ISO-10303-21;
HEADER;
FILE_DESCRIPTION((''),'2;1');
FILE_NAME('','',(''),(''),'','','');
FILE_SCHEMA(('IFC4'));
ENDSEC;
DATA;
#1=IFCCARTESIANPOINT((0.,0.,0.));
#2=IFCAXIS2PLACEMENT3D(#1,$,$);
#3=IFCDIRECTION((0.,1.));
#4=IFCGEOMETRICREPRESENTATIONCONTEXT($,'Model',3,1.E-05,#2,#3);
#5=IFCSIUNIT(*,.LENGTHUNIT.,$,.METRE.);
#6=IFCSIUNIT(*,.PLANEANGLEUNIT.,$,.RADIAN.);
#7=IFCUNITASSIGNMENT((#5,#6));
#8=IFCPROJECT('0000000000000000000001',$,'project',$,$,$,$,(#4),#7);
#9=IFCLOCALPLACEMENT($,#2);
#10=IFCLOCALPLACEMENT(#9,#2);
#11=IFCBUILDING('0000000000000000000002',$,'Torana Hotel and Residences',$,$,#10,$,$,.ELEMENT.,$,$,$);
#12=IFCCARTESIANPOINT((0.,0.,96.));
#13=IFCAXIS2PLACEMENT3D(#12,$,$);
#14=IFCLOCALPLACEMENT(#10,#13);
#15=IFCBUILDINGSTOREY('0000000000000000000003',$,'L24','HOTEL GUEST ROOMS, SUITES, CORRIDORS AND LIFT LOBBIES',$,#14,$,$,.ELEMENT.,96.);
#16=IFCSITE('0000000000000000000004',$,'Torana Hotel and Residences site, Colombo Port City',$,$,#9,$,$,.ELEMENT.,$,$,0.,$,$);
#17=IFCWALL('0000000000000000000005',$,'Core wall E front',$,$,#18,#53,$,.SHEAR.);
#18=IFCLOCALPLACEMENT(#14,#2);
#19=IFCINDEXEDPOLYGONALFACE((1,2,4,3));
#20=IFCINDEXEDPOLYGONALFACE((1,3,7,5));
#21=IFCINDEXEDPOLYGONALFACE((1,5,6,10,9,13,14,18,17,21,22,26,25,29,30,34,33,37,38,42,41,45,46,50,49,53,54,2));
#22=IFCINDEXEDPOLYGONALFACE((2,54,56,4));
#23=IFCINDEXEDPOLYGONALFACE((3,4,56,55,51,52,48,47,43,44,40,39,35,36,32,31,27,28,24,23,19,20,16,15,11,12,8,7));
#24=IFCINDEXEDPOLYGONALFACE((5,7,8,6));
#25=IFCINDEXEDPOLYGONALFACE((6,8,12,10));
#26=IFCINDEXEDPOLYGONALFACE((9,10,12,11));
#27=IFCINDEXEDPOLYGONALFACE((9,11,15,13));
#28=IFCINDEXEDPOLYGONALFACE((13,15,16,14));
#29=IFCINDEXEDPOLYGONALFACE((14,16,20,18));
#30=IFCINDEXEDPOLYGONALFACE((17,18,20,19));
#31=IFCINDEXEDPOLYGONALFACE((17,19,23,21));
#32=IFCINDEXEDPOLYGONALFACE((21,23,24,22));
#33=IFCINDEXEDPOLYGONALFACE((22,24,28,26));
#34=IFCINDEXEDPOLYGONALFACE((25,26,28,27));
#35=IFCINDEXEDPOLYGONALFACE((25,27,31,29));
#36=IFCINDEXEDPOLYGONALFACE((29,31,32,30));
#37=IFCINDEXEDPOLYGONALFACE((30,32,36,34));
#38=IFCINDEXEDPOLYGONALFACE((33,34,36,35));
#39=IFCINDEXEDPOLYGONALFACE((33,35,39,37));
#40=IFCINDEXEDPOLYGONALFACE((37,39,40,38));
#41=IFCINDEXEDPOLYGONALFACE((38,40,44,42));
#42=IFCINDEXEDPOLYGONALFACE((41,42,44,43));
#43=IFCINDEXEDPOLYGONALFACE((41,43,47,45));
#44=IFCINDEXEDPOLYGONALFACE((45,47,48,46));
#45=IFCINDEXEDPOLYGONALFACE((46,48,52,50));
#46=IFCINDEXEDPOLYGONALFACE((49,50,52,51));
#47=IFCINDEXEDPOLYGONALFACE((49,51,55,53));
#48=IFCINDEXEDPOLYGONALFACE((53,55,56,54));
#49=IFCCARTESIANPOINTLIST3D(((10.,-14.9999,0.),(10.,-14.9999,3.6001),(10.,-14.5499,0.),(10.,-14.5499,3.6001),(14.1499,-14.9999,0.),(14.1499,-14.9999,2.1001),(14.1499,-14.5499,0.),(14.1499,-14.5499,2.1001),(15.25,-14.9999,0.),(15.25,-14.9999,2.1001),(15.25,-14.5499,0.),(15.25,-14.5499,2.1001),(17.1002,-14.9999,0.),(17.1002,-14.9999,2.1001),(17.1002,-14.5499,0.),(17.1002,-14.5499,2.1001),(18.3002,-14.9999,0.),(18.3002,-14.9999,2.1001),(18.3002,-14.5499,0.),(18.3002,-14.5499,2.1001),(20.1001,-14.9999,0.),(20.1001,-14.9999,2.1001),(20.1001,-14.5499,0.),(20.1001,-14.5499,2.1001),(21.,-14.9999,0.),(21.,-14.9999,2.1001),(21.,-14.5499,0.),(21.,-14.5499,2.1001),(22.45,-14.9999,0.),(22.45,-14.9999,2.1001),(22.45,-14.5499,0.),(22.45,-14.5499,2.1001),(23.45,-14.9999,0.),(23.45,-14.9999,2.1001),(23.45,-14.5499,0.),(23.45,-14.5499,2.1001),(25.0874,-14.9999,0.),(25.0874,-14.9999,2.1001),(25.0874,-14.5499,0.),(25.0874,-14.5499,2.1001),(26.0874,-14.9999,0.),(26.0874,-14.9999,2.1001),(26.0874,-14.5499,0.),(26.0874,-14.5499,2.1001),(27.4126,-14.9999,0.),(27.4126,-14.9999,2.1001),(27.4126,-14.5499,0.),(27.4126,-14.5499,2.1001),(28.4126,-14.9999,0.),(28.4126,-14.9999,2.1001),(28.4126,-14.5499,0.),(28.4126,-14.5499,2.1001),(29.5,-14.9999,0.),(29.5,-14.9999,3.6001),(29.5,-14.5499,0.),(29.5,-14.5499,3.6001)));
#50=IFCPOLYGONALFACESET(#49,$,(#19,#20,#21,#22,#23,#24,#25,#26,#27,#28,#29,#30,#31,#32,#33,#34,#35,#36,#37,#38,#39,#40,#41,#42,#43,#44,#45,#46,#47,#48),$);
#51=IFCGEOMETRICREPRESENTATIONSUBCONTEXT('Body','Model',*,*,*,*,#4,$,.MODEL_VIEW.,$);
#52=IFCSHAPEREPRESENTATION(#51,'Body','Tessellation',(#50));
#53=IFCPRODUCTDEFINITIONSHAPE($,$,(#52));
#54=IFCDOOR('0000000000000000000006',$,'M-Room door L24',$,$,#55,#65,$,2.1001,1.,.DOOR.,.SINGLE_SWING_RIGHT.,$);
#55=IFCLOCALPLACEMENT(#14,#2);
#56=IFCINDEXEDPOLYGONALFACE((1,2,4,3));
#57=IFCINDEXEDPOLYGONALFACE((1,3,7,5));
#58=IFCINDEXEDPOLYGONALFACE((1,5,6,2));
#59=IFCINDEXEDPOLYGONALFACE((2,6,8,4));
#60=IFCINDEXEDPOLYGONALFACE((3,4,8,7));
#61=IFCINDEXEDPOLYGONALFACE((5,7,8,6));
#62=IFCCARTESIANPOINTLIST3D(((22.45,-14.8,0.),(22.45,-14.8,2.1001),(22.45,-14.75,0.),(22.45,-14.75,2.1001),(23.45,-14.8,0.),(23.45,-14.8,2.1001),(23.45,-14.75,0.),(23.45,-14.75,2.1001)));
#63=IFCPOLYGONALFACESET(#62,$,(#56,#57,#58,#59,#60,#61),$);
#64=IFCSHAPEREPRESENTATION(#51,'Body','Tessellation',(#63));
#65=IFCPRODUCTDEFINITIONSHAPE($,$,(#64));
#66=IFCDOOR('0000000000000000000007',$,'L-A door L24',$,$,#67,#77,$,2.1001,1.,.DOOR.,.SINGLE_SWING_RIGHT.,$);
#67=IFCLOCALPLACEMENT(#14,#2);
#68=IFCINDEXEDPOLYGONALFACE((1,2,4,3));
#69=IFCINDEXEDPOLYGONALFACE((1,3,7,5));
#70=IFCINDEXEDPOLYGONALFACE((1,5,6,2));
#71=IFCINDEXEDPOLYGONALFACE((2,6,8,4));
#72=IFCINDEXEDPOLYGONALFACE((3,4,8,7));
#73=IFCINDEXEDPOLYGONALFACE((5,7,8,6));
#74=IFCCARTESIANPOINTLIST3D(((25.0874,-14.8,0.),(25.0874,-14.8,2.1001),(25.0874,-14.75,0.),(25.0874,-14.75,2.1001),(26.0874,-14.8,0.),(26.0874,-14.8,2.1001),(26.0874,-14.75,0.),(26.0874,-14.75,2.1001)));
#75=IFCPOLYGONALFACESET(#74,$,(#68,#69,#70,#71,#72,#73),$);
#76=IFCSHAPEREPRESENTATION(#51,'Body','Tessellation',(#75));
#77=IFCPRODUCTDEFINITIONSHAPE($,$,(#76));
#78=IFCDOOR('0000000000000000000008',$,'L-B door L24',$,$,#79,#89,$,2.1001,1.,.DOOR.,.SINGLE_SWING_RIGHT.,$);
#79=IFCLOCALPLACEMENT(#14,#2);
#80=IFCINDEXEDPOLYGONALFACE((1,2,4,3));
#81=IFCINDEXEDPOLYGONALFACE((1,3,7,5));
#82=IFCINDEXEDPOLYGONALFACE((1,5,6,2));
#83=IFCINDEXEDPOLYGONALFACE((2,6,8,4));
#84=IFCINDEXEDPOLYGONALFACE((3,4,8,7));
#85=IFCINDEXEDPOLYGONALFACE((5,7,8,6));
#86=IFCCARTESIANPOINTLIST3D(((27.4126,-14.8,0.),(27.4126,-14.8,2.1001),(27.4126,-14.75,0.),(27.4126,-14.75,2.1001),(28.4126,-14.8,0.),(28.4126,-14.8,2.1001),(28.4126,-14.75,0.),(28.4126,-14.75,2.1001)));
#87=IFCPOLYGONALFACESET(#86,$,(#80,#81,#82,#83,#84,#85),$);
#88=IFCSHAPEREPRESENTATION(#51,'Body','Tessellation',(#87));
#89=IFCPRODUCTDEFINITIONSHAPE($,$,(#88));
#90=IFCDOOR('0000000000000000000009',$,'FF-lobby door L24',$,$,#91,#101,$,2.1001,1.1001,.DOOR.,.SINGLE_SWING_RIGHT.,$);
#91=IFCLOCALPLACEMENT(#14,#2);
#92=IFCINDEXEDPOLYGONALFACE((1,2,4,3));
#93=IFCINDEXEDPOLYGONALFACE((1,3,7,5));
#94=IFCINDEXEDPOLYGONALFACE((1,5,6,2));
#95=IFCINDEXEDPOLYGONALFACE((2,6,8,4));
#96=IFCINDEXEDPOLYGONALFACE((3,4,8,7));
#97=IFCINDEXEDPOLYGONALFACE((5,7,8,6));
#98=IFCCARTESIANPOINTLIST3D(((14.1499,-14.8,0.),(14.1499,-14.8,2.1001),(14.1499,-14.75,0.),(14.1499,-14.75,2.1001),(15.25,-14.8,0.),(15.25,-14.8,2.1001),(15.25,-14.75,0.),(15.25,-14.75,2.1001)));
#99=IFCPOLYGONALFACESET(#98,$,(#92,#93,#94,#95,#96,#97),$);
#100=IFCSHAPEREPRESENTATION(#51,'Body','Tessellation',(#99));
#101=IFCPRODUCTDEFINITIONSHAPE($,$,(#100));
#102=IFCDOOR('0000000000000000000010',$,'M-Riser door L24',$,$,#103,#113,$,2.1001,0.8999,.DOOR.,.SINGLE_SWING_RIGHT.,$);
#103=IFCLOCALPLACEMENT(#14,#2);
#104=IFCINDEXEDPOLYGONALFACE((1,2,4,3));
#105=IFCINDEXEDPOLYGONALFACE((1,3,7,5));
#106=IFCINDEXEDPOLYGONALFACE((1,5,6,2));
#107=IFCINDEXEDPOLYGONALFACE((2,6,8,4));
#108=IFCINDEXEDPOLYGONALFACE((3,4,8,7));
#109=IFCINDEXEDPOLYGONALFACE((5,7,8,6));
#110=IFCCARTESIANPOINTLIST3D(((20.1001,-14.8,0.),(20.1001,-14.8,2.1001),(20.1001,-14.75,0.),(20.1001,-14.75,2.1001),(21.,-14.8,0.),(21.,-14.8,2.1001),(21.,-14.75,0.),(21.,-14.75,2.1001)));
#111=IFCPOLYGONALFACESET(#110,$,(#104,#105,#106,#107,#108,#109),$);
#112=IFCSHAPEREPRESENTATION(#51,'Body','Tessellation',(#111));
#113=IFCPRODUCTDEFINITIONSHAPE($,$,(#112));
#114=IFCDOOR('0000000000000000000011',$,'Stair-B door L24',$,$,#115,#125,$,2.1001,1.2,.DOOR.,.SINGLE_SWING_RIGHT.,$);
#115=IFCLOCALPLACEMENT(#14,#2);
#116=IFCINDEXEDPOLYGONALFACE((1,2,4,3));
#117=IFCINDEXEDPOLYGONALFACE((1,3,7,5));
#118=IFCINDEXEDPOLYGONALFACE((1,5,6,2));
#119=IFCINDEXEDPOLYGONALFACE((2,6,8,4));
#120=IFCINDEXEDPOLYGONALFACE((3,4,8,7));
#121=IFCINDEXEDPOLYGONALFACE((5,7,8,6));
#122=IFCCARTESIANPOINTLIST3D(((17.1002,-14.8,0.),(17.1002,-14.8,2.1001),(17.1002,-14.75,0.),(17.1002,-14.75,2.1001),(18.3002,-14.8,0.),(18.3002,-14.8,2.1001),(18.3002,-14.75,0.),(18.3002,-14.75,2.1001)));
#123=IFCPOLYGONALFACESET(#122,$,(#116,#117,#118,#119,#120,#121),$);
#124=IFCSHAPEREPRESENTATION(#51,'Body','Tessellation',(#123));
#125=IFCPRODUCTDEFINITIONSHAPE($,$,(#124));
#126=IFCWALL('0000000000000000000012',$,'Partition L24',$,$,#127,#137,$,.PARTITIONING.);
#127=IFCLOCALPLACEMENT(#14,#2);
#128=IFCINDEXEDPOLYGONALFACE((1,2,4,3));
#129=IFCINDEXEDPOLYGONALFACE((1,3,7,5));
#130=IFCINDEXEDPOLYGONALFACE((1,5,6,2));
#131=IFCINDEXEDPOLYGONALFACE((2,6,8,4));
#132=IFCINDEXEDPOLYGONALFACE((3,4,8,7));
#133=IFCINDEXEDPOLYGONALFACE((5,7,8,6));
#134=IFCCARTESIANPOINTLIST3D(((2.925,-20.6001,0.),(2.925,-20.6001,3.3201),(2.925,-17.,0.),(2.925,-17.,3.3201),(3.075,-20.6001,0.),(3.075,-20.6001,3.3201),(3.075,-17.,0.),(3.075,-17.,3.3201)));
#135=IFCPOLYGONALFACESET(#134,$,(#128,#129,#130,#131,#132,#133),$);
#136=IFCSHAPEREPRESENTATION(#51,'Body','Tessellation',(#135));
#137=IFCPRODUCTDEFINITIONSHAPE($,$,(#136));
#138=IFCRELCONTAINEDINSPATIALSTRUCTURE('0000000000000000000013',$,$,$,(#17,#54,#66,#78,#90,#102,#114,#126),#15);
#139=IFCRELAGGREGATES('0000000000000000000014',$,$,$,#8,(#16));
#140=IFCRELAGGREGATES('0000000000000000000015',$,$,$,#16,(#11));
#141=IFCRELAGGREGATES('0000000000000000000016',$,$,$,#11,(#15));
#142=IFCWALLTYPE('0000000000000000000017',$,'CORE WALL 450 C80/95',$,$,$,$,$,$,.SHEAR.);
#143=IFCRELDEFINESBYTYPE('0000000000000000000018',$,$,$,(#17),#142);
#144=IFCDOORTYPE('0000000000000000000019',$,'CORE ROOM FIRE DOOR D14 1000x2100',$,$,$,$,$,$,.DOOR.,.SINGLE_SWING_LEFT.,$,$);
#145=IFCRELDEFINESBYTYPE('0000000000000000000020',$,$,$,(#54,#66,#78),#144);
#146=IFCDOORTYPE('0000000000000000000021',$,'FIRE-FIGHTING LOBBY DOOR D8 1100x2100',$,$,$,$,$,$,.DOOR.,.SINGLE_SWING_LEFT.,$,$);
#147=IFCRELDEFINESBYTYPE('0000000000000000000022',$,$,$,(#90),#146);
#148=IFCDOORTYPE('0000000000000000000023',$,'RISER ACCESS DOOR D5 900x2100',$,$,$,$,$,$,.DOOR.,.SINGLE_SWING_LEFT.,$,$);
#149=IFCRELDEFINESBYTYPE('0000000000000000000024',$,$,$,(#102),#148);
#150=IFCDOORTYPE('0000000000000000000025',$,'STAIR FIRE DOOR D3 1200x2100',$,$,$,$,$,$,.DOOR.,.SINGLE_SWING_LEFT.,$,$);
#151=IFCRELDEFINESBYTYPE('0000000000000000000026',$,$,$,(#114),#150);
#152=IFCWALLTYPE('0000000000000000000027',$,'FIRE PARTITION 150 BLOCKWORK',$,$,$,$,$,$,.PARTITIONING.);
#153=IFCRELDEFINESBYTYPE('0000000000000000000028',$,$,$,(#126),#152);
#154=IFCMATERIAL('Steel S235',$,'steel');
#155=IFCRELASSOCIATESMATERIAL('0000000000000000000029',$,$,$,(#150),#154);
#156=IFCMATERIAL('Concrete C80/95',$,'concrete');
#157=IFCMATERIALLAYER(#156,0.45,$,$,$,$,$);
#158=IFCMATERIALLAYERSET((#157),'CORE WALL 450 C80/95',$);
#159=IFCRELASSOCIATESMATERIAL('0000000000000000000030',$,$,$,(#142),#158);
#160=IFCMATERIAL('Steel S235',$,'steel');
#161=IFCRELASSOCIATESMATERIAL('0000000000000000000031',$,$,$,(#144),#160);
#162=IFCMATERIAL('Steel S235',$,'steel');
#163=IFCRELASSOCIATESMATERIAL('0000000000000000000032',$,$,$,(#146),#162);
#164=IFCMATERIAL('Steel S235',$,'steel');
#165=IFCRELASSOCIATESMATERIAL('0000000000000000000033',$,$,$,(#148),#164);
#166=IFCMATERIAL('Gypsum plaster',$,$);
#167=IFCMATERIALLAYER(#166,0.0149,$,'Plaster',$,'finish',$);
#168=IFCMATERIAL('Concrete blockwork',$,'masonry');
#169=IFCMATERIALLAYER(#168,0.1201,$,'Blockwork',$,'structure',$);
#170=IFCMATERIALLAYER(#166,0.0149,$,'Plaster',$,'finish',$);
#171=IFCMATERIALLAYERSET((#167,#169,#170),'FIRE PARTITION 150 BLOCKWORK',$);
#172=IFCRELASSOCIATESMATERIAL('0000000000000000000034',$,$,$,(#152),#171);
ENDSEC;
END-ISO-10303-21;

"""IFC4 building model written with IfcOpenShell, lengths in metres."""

from ifc_helpers import new_model, si_unit, direction, frame, frame_2d, origin, place, context, subcontext, project, spatial, rectangle, extrude, material, layer, layer_set, type_object, element, fill, save


model = new_model("IFC4")

# Units and contexts
model_context = context("Model", 3, precision=1e-05, world=origin(), true_north=direction((0.0, 1.0)))
body_context = subcontext(model_context, "Body", "Model", "MODEL_VIEW")
ifc_project = project(units=[si_unit("LENGTHUNIT", "METRE"), si_unit("PLANEANGLEUNIT", "RADIAN")], contexts=[model_context])

# Site, building, storey
site_placement = place(None, origin())
site = spatial("IfcSite", under=ifc_project, at=site_placement, Name="Torana Hotel and Residences site, Colombo Port City", CompositionType="ELEMENT", RefElevation=0.0)
building_placement = place(site_placement, origin())
building = spatial("IfcBuilding", under=site, at=building_placement, Name="Torana Hotel and Residences", CompositionType="ELEMENT")
storey_placement = place(building_placement, frame((0.0, 0.0, 96.0)))
storey = spatial("IfcBuildingStorey", under=building, at=storey_placement, Name="L24", Description="HOTEL GUEST ROOMS, SUITES, CORRIDORS AND LIFT LOBBIES", CompositionType="ELEMENT", Elevation=96.0)

# Wall, openings, doors
ifc_material_1 = material(Name="Steel S235", Category="steel")
door_type_1 = type_object("IfcDoorType", Name="STAIR FIRE DOOR D3 1200x2100", OperationType="SINGLE_SWING_LEFT", PredefinedType="DOOR", material=ifc_material_1)
ifc_material_2 = material(Name="Concrete C80/95", Category="concrete")
ifc_layer_1 = layer(ifc_material_2, 0.45)
ifc_layer_set_1 = layer_set([ifc_layer_1], Name="CORE WALL 450 C80/95")
wall_type_1 = type_object("IfcWallType", Name="CORE WALL 450 C80/95", PredefinedType="SHEAR", material=ifc_layer_set_1)
wall_1_placement = place(storey_placement, frame((10.0, -14.7749, 0.0), z_axis=(0.0, 0.0, 1.0), x_axis=(1.0, 0.0, 0.0)))
wall_1 = element("IfcWall", 1, at=wall_1_placement, inside=storey, type_object=wall_type_1, Name="Core wall E front", PredefinedType="SHEAR", context=body_context, shape_type="SweptSolid", body=[
    extrude(rectangle(XDim=19.5, YDim=0.45, at=frame_2d((9.75, 0.0))), origin(), (0.0, 0.0, 1.0), 3.6001),
])
opening_1_placement = place(wall_1_placement, frame((7.1001, 0.0, 0.0)))
opening_1 = element("IfcOpeningElement", 2, at=opening_1_placement, cuts=wall_1, PredefinedType="OPENING", context=body_context, shape_type="SweptSolid", body=[
    extrude(rectangle(XDim=1.2, YDim=2.1001, at=frame_2d((0.6001, 1.05))), frame((0.0, 0.2349, 0.0), z_axis=(0.0, -1.0, 0.0), x_axis=(1.0, 0.0, 0.0)), (0.0, 0.0, 1.0), 0.47),
])
opening_2_placement = place(wall_1_placement, frame((4.1499, 0.0, 0.0)))
opening_2 = element("IfcOpeningElement", 3, at=opening_2_placement, cuts=wall_1, PredefinedType="OPENING", context=body_context, shape_type="SweptSolid", body=[
    extrude(rectangle(XDim=1.1001, YDim=2.1001, at=frame_2d((0.55, 1.05))), frame((0.0, 0.2349, 0.0), z_axis=(0.0, -1.0, 0.0), x_axis=(1.0, 0.0, 0.0)), (0.0, 0.0, 1.0), 0.47),
])
opening_3_placement = place(wall_1_placement, frame((10.1001, 0.0, 0.0)))
opening_3 = element("IfcOpeningElement", 4, at=opening_3_placement, cuts=wall_1, PredefinedType="OPENING", context=body_context, shape_type="SweptSolid", body=[
    extrude(rectangle(XDim=0.8999, YDim=2.1001, at=frame_2d((0.45, 1.05))), frame((0.0, 0.2349, 0.0), z_axis=(0.0, -1.0, 0.0), x_axis=(1.0, 0.0, 0.0)), (0.0, 0.0, 1.0), 0.47),
])
opening_4_placement = place(wall_1_placement, frame((12.45, 0.0, 0.0)))
opening_4 = element("IfcOpeningElement", 5, at=opening_4_placement, cuts=wall_1, PredefinedType="OPENING", context=body_context, shape_type="SweptSolid", body=[
    extrude(rectangle(XDim=1.0, YDim=2.1001, at=frame_2d((0.5, 1.05))), frame((0.0, 0.2349, 0.0), z_axis=(0.0, -1.0, 0.0), x_axis=(1.0, 0.0, 0.0)), (0.0, 0.0, 1.0), 0.47),
])
opening_5_placement = place(wall_1_placement, frame((15.0874, 0.0, 0.0)))
opening_5 = element("IfcOpeningElement", 6, at=opening_5_placement, cuts=wall_1, PredefinedType="OPENING", context=body_context, shape_type="SweptSolid", body=[
    extrude(rectangle(XDim=1.0, YDim=2.1001, at=frame_2d((0.5, 1.05))), frame((0.0, 0.2349, 0.0), z_axis=(0.0, -1.0, 0.0), x_axis=(1.0, 0.0, 0.0)), (0.0, 0.0, 1.0), 0.47),
])
opening_6_placement = place(wall_1_placement, frame((17.4126, 0.0, 0.0)))
opening_6 = element("IfcOpeningElement", 7, at=opening_6_placement, cuts=wall_1, PredefinedType="OPENING", context=body_context, shape_type="SweptSolid", body=[
    extrude(rectangle(XDim=1.0, YDim=2.1001, at=frame_2d((0.5, 1.05))), frame((0.0, 0.2349, 0.0), z_axis=(0.0, -1.0, 0.0), x_axis=(1.0, 0.0, 0.0)), (0.0, 0.0, 1.0), 0.47),
])
ifc_material_3 = material(Name="Steel S235", Category="steel")
door_type_2 = type_object("IfcDoorType", Name="CORE ROOM FIRE DOOR D14 1000x2100", OperationType="SINGLE_SWING_LEFT", PredefinedType="DOOR", material=ifc_material_3)
door_1_placement = place(opening_4_placement, origin())
door_1 = element("IfcDoor", 8, at=door_1_placement, inside=storey, type_object=door_type_2, Name="M-Room door L24", OperationType="SINGLE_SWING_RIGHT", OverallHeight=2.1001, OverallWidth=1.0, PredefinedType="DOOR", context=body_context, shape_type="SweptSolid", body=[
    extrude(rectangle(XDim=1.0, YDim=2.1001, at=frame_2d((0.5, 1.05))), frame((0.0, 0.0249, 0.0), z_axis=(0.0, -1.0, 0.0), x_axis=(1.0, 0.0, 0.0)), (0.0, 0.0, 1.0), 0.05),
])
fill(opening_4, door_1)
door_2_placement = place(opening_5_placement, origin())
door_2 = element("IfcDoor", 9, at=door_2_placement, inside=storey, type_object=door_type_2, Name="L-A door L24", OperationType="SINGLE_SWING_RIGHT", OverallHeight=2.1001, OverallWidth=1.0, PredefinedType="DOOR", context=body_context, shape_type="SweptSolid", body=[
    extrude(rectangle(XDim=1.0, YDim=2.1001, at=frame_2d((0.5, 1.05))), frame((0.0, 0.0249, 0.0), z_axis=(0.0, -1.0, 0.0), x_axis=(1.0, 0.0, 0.0)), (0.0, 0.0, 1.0), 0.05),
])
fill(opening_5, door_2)
door_3_placement = place(opening_6_placement, origin())
door_3 = element("IfcDoor", 10, at=door_3_placement, inside=storey, type_object=door_type_2, Name="L-B door L24", OperationType="SINGLE_SWING_RIGHT", OverallHeight=2.1001, OverallWidth=1.0, PredefinedType="DOOR", context=body_context, shape_type="SweptSolid", body=[
    extrude(rectangle(XDim=1.0, YDim=2.1001, at=frame_2d((0.5, 1.05))), frame((0.0, 0.0249, 0.0), z_axis=(0.0, -1.0, 0.0), x_axis=(1.0, 0.0, 0.0)), (0.0, 0.0, 1.0), 0.05),
])
fill(opening_6, door_3)
ifc_material_4 = material(Name="Steel S235", Category="steel")
door_type_3 = type_object("IfcDoorType", Name="FIRE-FIGHTING LOBBY DOOR D8 1100x2100", OperationType="SINGLE_SWING_LEFT", PredefinedType="DOOR", material=ifc_material_4)
door_4_placement = place(opening_2_placement, origin())
door_4 = element("IfcDoor", 11, at=door_4_placement, inside=storey, type_object=door_type_3, Name="FF-lobby door L24", OperationType="SINGLE_SWING_RIGHT", OverallHeight=2.1001, OverallWidth=1.1001, PredefinedType="DOOR", context=body_context, shape_type="SweptSolid", body=[
    extrude(rectangle(XDim=1.1001, YDim=2.1001, at=frame_2d((0.55, 1.05))), frame((0.0, 0.0249, 0.0), z_axis=(0.0, -1.0, 0.0), x_axis=(1.0, 0.0, 0.0)), (0.0, 0.0, 1.0), 0.05),
])
fill(opening_2, door_4)
ifc_material_5 = material(Name="Steel S235", Category="steel")
door_type_4 = type_object("IfcDoorType", Name="RISER ACCESS DOOR D5 900x2100", OperationType="SINGLE_SWING_LEFT", PredefinedType="DOOR", material=ifc_material_5)
door_5_placement = place(opening_3_placement, origin())
door_5 = element("IfcDoor", 12, at=door_5_placement, inside=storey, type_object=door_type_4, Name="M-Riser door L24", OperationType="SINGLE_SWING_RIGHT", OverallHeight=2.1001, OverallWidth=0.8999, PredefinedType="DOOR", context=body_context, shape_type="SweptSolid", body=[
    extrude(rectangle(XDim=0.8999, YDim=2.1001, at=frame_2d((0.45, 1.05))), frame((0.0, 0.0249, 0.0), z_axis=(0.0, -1.0, 0.0), x_axis=(1.0, 0.0, 0.0)), (0.0, 0.0, 1.0), 0.05),
])
fill(opening_3, door_5)
door_6_placement = place(opening_1_placement, origin())
door_6 = element("IfcDoor", 13, at=door_6_placement, inside=storey, type_object=door_type_1, Name="Stair-B door L24", OperationType="SINGLE_SWING_RIGHT", OverallHeight=2.1001, OverallWidth=1.2, PredefinedType="DOOR", context=body_context, shape_type="SweptSolid", body=[
    extrude(rectangle(XDim=1.2, YDim=2.1001, at=frame_2d((0.6001, 1.05))), frame((0.0, 0.0249, 0.0), z_axis=(0.0, -1.0, 0.0), x_axis=(1.0, 0.0, 0.0)), (0.0, 0.0, 1.0), 0.05),
])
fill(opening_1, door_6)

# Wall
ifc_material_6 = material(Name="Gypsum plaster")
ifc_layer_2 = layer(ifc_material_6, 0.0149, Name="Plaster", Category="finish")
ifc_material_7 = material(Name="Concrete blockwork", Category="masonry")
ifc_layer_3 = layer(ifc_material_7, 0.1201, Name="Blockwork", Category="structure")
ifc_layer_4 = layer(ifc_material_6, 0.0149, Name="Plaster", Category="finish")
ifc_layer_set_2 = layer_set([ifc_layer_2, ifc_layer_3, ifc_layer_4], Name="FIRE PARTITION 150 BLOCKWORK")
wall_type_2 = type_object("IfcWallType", Name="FIRE PARTITION 150 BLOCKWORK", PredefinedType="PARTITIONING", material=ifc_layer_set_2)
wall_2_placement = place(storey_placement, frame((3.0, -20.6001, 0.0), z_axis=(0.0, 0.0, 1.0), x_axis=(0.0, 1.0, 0.0)))
element("IfcWall", 14, at=wall_2_placement, inside=storey, type_object=wall_type_2, Name="Partition L24", PredefinedType="PARTITIONING", context=body_context, shape_type="SweptSolid", body=[
    extrude(rectangle(XDim=3.6001, YDim=0.1499, at=frame_2d((1.8, 0.0))), origin(), (0.0, 0.0, 1.0), 3.3201),
])

save(model, "model.ifc")
